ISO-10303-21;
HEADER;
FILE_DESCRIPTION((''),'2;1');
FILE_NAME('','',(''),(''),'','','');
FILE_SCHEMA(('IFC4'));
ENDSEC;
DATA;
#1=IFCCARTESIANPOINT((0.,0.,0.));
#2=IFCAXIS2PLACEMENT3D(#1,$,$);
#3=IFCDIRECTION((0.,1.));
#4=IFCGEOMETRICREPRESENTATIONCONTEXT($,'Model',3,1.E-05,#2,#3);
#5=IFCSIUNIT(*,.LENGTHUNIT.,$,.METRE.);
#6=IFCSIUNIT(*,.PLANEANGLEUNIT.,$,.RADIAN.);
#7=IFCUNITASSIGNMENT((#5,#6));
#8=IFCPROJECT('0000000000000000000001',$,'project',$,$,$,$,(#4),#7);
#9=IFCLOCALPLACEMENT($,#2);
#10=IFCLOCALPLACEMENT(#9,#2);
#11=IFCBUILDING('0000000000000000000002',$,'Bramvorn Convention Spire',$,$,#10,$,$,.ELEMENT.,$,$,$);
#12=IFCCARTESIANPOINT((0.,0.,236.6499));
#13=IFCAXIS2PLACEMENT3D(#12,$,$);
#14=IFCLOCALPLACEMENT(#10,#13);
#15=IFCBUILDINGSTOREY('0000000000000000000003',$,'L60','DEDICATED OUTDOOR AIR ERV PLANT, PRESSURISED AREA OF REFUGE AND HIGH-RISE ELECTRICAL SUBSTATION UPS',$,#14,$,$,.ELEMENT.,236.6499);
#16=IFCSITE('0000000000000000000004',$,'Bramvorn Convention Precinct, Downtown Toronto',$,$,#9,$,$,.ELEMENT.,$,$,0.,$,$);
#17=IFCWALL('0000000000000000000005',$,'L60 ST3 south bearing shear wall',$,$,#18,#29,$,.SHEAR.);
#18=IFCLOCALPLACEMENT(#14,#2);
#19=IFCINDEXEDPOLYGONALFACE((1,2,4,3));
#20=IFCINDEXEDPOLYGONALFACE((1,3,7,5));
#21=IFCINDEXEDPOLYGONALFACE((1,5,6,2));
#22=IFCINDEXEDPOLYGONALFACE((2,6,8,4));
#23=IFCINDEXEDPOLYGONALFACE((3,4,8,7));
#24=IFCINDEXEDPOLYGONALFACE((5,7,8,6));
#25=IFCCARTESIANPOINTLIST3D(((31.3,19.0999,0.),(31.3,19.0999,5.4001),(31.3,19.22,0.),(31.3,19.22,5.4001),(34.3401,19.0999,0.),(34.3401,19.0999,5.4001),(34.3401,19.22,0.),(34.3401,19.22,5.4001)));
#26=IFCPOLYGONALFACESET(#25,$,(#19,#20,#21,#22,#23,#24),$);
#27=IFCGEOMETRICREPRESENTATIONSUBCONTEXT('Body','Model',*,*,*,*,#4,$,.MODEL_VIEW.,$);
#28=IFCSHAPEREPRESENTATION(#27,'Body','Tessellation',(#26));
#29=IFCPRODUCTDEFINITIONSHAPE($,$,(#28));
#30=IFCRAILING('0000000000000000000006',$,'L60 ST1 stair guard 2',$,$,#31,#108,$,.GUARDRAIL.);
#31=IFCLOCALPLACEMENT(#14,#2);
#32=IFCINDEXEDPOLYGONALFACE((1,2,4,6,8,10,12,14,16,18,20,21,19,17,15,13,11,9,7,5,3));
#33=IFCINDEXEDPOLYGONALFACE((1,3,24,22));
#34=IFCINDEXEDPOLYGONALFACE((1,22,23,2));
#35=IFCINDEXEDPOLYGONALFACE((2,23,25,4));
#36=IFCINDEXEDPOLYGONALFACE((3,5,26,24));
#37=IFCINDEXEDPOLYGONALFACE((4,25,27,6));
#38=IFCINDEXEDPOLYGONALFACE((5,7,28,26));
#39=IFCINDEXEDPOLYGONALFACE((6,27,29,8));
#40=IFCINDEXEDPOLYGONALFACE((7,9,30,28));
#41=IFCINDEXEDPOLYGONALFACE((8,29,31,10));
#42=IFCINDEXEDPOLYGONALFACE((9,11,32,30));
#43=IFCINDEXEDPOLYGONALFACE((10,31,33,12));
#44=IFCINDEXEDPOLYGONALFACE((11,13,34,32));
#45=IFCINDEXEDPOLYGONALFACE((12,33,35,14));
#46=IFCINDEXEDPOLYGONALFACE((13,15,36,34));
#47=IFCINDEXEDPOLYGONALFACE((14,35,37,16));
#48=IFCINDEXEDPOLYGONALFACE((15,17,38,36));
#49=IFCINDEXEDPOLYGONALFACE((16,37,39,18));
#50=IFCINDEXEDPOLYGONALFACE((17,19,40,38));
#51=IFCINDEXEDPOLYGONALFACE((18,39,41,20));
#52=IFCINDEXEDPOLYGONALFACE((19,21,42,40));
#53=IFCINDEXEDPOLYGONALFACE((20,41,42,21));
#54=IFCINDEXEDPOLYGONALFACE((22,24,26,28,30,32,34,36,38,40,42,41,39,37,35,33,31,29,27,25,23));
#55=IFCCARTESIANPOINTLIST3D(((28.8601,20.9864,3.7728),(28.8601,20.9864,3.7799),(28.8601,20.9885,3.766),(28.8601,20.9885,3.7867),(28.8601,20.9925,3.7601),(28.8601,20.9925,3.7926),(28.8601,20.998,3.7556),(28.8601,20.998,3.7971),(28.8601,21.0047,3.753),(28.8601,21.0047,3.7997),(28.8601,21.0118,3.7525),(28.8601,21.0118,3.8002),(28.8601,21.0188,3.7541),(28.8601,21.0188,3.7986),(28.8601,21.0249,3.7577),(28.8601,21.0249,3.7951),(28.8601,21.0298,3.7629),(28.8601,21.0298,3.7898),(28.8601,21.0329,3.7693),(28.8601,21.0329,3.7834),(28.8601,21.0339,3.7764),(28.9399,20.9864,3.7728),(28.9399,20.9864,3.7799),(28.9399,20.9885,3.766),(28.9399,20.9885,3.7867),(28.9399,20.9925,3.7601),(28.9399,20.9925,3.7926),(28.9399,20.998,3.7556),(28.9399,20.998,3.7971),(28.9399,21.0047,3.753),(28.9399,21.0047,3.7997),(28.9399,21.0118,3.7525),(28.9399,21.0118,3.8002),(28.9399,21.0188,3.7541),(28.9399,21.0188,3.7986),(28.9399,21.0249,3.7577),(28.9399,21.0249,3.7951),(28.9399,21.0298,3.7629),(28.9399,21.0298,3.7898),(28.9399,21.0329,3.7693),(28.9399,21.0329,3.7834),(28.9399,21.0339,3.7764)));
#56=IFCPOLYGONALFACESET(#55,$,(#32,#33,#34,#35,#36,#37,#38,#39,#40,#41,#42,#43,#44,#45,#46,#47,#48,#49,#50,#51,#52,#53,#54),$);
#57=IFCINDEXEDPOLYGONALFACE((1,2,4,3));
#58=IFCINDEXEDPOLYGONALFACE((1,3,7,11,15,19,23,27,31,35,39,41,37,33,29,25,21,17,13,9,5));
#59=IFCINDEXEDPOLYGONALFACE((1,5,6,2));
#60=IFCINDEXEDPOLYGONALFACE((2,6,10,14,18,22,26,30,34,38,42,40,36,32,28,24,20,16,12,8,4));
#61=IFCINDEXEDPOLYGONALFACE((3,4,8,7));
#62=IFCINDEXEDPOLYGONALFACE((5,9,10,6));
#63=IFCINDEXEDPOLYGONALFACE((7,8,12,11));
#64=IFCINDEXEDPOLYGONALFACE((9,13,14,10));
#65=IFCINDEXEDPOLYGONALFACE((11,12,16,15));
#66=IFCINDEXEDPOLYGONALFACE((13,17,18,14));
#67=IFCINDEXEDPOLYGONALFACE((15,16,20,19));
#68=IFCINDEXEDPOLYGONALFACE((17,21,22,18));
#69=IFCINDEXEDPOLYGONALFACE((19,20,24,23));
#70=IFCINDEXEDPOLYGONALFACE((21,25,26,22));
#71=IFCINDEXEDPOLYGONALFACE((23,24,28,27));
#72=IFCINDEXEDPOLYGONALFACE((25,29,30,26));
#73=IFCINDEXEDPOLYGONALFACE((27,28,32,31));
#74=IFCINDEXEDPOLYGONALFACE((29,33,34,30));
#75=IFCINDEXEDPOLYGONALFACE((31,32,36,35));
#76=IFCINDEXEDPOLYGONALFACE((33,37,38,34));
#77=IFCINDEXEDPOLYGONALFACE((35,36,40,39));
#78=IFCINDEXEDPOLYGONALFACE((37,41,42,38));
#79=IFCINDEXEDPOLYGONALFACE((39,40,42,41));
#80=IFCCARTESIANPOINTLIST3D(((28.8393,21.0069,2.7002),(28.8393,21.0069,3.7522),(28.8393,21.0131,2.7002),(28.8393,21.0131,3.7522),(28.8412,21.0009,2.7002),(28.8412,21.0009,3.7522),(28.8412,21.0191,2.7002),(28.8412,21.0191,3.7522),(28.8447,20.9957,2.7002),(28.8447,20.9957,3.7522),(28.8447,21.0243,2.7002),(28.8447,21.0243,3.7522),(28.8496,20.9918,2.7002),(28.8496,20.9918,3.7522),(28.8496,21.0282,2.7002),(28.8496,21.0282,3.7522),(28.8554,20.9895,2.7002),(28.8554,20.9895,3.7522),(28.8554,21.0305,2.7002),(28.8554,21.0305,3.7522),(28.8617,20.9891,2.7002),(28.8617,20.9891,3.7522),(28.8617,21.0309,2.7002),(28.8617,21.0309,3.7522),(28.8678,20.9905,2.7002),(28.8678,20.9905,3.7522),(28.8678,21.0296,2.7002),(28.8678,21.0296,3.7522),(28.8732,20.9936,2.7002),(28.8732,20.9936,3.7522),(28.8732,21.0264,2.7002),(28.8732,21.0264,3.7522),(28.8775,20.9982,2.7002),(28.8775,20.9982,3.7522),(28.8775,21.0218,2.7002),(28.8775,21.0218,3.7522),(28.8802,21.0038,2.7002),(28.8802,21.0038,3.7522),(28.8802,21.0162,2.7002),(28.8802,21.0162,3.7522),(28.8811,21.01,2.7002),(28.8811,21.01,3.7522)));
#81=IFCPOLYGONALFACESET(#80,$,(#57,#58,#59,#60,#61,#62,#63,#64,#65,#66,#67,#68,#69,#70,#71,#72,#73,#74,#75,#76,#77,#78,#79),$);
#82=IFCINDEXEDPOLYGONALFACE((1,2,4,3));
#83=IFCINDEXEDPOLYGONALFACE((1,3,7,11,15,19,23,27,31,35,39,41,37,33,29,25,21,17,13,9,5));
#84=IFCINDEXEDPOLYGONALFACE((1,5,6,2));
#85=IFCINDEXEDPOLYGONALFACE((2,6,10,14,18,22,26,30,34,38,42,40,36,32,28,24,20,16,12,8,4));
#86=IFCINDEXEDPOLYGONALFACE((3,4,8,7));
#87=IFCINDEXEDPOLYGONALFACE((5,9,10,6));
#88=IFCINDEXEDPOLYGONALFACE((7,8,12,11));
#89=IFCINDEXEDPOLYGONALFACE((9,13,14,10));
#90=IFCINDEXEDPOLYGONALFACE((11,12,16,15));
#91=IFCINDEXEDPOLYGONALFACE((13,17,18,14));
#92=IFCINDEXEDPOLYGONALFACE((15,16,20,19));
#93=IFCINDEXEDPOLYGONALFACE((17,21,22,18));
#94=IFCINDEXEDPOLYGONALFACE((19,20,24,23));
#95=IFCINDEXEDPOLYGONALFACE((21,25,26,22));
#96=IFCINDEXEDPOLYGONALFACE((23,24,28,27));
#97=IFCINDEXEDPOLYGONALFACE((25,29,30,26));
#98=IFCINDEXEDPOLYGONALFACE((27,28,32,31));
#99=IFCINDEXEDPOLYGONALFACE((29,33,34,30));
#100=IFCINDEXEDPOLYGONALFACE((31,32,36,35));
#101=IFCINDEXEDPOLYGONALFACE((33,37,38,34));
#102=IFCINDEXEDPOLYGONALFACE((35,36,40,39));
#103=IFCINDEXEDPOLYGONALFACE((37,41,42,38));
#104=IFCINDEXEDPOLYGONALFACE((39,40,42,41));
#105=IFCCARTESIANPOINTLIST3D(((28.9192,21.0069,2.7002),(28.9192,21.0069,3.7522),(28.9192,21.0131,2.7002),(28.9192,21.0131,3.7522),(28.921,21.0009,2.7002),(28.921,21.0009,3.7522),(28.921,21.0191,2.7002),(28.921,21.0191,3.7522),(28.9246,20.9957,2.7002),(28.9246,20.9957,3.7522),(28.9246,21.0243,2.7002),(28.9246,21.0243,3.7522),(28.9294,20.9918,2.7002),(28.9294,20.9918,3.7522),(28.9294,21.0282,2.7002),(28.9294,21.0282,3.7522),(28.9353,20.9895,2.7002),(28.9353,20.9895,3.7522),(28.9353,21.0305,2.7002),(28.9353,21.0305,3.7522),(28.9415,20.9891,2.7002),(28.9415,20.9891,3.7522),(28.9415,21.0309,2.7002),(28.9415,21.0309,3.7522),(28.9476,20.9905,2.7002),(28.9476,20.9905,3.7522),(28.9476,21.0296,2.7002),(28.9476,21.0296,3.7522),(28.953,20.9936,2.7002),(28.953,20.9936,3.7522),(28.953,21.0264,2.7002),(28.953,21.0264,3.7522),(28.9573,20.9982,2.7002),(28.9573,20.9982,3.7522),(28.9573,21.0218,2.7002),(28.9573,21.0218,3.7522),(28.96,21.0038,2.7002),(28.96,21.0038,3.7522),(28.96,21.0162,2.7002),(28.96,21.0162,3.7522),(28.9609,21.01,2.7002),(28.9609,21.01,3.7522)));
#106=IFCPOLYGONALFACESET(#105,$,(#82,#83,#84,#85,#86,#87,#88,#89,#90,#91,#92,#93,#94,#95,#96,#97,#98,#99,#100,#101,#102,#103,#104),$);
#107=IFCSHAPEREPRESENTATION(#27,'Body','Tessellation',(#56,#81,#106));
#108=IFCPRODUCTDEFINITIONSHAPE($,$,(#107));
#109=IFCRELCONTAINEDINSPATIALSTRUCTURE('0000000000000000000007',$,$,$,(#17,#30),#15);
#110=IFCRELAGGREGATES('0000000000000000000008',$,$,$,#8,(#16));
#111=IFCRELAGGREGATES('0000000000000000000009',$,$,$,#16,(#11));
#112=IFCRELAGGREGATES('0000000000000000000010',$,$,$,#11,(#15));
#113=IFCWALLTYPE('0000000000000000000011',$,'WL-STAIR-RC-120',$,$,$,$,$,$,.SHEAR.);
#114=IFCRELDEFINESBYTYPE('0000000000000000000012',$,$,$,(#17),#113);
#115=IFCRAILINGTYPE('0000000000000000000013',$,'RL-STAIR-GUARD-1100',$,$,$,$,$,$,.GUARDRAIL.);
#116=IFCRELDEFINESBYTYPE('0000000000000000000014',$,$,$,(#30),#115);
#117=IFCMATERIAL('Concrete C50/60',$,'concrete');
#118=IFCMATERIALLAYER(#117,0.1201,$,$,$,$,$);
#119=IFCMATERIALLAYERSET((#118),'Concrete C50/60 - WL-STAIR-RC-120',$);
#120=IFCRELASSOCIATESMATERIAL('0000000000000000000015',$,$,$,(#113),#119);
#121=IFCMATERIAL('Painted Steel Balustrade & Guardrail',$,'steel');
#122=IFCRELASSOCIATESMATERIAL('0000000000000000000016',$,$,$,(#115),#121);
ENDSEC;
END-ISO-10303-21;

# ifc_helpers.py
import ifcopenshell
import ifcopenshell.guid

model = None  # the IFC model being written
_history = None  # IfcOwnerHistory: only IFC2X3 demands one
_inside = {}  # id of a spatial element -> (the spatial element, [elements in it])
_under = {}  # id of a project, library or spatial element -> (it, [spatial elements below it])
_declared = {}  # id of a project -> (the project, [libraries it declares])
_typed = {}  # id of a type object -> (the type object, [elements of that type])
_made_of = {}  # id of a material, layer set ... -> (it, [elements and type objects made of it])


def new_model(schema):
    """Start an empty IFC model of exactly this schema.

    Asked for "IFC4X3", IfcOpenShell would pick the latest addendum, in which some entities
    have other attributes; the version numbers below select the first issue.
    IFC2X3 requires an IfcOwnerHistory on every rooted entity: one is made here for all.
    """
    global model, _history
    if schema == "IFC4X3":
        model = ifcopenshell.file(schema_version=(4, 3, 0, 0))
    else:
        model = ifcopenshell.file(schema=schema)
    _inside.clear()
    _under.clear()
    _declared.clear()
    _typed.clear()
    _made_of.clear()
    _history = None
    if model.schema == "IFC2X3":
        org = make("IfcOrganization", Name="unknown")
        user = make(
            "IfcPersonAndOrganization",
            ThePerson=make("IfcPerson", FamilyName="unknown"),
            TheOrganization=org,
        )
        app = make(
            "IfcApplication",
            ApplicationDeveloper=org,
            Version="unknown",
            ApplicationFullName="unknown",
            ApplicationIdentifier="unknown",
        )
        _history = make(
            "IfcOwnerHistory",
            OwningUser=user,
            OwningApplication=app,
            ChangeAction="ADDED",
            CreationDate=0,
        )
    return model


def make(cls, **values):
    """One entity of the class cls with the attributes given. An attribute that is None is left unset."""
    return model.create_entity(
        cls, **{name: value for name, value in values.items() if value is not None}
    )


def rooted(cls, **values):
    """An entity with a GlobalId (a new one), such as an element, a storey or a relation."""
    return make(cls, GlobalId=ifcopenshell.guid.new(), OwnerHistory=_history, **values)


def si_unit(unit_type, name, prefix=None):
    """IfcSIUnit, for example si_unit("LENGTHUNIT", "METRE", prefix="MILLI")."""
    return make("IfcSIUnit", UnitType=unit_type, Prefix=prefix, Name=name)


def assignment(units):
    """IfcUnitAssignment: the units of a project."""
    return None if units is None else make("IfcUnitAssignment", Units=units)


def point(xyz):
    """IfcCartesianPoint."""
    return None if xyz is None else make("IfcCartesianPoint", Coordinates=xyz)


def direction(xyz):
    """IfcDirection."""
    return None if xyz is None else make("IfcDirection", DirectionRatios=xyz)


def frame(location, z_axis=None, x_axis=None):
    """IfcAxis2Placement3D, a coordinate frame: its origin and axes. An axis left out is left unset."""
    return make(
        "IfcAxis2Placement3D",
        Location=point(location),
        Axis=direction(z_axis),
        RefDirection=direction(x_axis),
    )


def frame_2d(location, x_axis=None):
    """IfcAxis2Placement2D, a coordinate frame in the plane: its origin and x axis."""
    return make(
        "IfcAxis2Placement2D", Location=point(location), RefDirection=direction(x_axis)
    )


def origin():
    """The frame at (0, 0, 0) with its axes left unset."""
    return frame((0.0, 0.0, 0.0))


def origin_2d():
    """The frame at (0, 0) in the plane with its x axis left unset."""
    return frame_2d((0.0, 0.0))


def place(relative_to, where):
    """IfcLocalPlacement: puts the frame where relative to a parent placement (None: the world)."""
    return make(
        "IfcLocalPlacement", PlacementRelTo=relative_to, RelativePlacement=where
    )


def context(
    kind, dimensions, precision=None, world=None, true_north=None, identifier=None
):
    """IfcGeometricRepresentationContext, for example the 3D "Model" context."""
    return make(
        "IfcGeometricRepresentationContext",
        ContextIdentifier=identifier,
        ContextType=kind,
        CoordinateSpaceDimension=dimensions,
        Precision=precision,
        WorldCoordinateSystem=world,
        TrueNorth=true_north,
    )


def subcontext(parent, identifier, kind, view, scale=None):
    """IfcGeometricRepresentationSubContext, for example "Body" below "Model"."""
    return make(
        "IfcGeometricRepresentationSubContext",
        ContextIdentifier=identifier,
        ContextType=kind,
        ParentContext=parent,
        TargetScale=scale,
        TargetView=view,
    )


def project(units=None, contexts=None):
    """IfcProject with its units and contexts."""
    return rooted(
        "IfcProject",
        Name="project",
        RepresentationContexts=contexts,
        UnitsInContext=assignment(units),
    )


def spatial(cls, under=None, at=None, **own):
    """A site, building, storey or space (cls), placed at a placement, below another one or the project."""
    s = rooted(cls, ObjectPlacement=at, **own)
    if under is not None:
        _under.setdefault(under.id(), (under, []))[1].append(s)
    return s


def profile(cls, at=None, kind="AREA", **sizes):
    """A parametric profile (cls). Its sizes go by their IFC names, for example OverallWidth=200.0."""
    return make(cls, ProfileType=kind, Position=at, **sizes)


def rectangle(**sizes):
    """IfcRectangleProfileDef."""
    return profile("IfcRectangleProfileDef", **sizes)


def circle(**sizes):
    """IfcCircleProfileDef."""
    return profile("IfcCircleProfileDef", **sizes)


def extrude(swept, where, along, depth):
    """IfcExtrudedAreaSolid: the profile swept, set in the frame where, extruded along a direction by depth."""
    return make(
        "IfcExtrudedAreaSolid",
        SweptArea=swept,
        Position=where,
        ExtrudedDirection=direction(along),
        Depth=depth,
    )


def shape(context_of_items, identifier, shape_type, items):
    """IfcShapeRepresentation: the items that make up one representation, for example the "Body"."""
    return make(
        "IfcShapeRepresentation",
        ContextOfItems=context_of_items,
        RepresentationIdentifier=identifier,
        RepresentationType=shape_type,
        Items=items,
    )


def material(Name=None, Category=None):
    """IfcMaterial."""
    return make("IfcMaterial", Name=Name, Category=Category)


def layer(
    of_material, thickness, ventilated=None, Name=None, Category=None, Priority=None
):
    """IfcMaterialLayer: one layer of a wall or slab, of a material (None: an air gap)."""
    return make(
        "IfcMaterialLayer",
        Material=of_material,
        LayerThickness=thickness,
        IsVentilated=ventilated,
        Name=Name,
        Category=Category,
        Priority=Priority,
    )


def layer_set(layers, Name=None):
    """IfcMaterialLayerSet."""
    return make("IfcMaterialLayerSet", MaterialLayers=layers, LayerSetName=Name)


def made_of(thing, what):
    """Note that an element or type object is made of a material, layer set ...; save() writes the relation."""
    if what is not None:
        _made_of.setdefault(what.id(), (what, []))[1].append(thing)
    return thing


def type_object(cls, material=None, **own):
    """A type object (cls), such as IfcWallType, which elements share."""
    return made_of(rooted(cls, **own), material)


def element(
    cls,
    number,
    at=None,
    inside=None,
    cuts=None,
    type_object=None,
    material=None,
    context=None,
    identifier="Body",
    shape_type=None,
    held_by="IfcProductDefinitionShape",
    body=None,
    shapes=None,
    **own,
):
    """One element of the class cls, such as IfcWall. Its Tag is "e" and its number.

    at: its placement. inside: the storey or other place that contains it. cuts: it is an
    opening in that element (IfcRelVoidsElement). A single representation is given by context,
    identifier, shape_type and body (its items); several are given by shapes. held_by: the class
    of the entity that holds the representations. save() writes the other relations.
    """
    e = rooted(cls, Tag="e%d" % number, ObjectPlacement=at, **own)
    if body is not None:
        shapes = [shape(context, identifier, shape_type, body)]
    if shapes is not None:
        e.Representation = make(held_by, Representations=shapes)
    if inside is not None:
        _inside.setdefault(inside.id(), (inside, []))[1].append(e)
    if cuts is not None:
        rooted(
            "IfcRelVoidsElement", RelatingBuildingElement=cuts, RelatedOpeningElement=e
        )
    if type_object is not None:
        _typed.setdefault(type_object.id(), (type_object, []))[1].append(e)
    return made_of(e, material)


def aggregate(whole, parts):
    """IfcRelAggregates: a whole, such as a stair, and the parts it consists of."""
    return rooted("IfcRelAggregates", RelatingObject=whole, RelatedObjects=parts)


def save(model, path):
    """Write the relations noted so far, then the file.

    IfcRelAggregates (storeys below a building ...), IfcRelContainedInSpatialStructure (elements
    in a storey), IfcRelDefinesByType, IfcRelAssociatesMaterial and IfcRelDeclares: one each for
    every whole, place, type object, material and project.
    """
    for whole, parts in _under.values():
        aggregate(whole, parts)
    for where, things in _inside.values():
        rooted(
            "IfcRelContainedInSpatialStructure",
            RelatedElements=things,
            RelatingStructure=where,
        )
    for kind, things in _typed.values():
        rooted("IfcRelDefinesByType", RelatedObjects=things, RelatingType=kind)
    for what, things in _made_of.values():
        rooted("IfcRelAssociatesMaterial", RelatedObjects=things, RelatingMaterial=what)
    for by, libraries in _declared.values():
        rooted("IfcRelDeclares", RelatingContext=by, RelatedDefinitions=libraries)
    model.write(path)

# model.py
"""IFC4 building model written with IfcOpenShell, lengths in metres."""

from ifc_helpers import new_model, si_unit, direction, frame, frame_2d, origin, origin_2d, place, context, subcontext, project, spatial, rectangle, circle, extrude, material, layer, layer_set, type_object, element, save


model = new_model("IFC4")

# Units and contexts
model_context = context("Model", 3, precision=1e-05, world=origin(), true_north=direction((0.0, 1.0)))
body_context = subcontext(model_context, "Body", "Model", "MODEL_VIEW")
ifc_project = project(units=[si_unit("LENGTHUNIT", "METRE"), si_unit("PLANEANGLEUNIT", "RADIAN")], contexts=[model_context])

# Site, building, storey
site_placement = place(None, origin())
site = spatial("IfcSite", under=ifc_project, at=site_placement, Name="Bramvorn Convention Precinct, Downtown Toronto", CompositionType="ELEMENT", RefElevation=0.0)
building_placement = place(site_placement, origin())
building = spatial("IfcBuilding", under=site, at=building_placement, Name="Bramvorn Convention Spire", CompositionType="ELEMENT")
storey_placement = place(building_placement, frame((0.0, 0.0, 236.6499)))
storey = spatial("IfcBuildingStorey", under=building, at=storey_placement, Name="L60", Description="DEDICATED OUTDOOR AIR ERV PLANT, PRESSURISED AREA OF REFUGE AND HIGH-RISE ELECTRICAL SUBSTATION UPS", CompositionType="ELEMENT", Elevation=236.6499)

# Wall
ifc_material_1 = material(Name="Concrete C50/60", Category="concrete")
ifc_layer_1 = layer(ifc_material_1, 0.1201)
ifc_layer_set_1 = layer_set([ifc_layer_1], Name="Concrete C50/60 - WL-STAIR-RC-120")
wall_type_1 = type_object("IfcWallType", Name="WL-STAIR-RC-120", PredefinedType="SHEAR", material=ifc_layer_set_1)
wall_1_placement = place(storey_placement, frame((31.3, 19.1599, 0.0), z_axis=(0.0, 0.0, 1.0), x_axis=(1.0, 0.0, 0.0)))
element("IfcWall", 1, at=wall_1_placement, inside=storey, type_object=wall_type_1, Name="L60 ST3 south bearing shear wall", PredefinedType="SHEAR", context=body_context, shape_type="SweptSolid", body=[
    extrude(rectangle(XDim=3.04, YDim=0.1201, at=frame_2d((1.52, 0.0))), origin(), (0.0, 0.0, 1.0), 5.4001),
])

# Railing
ifc_material_2 = material(Name="Painted Steel Balustrade & Guardrail", Category="steel")
railing_type = type_object("IfcRailingType", Name="RL-STAIR-GUARD-1100", PredefinedType="GUARDRAIL", material=ifc_material_2)
railing_1_placement = place(storey_placement, frame((28.8601, 21.01, 2.7002)))
element("IfcRailing", 2, at=railing_1_placement, inside=storey, type_object=railing_type, Name="L60 ST1 stair guard 2", PredefinedType="GUARDRAIL", context=body_context, shape_type="SweptSolid", body=[
    extrude(circle(Radius=0.0239, at=origin_2d()), frame((0.0, 0.0, 1.0762), z_axis=(1.0, 0.0, 0.0), x_axis=(0.0, 1.0, 0.0)), (0.0, 0.0, 1.0), 0.0798),
    extrude(circle(Radius=0.021, at=origin_2d()), origin(), (0.0, 0.0, 1.0), 1.052),
    extrude(circle(Radius=0.021, at=origin_2d()), frame((0.0798, 0.0, 0.0)), (0.0, 0.0, 1.0), 1.052),
])

save(model, "model.ifc")
